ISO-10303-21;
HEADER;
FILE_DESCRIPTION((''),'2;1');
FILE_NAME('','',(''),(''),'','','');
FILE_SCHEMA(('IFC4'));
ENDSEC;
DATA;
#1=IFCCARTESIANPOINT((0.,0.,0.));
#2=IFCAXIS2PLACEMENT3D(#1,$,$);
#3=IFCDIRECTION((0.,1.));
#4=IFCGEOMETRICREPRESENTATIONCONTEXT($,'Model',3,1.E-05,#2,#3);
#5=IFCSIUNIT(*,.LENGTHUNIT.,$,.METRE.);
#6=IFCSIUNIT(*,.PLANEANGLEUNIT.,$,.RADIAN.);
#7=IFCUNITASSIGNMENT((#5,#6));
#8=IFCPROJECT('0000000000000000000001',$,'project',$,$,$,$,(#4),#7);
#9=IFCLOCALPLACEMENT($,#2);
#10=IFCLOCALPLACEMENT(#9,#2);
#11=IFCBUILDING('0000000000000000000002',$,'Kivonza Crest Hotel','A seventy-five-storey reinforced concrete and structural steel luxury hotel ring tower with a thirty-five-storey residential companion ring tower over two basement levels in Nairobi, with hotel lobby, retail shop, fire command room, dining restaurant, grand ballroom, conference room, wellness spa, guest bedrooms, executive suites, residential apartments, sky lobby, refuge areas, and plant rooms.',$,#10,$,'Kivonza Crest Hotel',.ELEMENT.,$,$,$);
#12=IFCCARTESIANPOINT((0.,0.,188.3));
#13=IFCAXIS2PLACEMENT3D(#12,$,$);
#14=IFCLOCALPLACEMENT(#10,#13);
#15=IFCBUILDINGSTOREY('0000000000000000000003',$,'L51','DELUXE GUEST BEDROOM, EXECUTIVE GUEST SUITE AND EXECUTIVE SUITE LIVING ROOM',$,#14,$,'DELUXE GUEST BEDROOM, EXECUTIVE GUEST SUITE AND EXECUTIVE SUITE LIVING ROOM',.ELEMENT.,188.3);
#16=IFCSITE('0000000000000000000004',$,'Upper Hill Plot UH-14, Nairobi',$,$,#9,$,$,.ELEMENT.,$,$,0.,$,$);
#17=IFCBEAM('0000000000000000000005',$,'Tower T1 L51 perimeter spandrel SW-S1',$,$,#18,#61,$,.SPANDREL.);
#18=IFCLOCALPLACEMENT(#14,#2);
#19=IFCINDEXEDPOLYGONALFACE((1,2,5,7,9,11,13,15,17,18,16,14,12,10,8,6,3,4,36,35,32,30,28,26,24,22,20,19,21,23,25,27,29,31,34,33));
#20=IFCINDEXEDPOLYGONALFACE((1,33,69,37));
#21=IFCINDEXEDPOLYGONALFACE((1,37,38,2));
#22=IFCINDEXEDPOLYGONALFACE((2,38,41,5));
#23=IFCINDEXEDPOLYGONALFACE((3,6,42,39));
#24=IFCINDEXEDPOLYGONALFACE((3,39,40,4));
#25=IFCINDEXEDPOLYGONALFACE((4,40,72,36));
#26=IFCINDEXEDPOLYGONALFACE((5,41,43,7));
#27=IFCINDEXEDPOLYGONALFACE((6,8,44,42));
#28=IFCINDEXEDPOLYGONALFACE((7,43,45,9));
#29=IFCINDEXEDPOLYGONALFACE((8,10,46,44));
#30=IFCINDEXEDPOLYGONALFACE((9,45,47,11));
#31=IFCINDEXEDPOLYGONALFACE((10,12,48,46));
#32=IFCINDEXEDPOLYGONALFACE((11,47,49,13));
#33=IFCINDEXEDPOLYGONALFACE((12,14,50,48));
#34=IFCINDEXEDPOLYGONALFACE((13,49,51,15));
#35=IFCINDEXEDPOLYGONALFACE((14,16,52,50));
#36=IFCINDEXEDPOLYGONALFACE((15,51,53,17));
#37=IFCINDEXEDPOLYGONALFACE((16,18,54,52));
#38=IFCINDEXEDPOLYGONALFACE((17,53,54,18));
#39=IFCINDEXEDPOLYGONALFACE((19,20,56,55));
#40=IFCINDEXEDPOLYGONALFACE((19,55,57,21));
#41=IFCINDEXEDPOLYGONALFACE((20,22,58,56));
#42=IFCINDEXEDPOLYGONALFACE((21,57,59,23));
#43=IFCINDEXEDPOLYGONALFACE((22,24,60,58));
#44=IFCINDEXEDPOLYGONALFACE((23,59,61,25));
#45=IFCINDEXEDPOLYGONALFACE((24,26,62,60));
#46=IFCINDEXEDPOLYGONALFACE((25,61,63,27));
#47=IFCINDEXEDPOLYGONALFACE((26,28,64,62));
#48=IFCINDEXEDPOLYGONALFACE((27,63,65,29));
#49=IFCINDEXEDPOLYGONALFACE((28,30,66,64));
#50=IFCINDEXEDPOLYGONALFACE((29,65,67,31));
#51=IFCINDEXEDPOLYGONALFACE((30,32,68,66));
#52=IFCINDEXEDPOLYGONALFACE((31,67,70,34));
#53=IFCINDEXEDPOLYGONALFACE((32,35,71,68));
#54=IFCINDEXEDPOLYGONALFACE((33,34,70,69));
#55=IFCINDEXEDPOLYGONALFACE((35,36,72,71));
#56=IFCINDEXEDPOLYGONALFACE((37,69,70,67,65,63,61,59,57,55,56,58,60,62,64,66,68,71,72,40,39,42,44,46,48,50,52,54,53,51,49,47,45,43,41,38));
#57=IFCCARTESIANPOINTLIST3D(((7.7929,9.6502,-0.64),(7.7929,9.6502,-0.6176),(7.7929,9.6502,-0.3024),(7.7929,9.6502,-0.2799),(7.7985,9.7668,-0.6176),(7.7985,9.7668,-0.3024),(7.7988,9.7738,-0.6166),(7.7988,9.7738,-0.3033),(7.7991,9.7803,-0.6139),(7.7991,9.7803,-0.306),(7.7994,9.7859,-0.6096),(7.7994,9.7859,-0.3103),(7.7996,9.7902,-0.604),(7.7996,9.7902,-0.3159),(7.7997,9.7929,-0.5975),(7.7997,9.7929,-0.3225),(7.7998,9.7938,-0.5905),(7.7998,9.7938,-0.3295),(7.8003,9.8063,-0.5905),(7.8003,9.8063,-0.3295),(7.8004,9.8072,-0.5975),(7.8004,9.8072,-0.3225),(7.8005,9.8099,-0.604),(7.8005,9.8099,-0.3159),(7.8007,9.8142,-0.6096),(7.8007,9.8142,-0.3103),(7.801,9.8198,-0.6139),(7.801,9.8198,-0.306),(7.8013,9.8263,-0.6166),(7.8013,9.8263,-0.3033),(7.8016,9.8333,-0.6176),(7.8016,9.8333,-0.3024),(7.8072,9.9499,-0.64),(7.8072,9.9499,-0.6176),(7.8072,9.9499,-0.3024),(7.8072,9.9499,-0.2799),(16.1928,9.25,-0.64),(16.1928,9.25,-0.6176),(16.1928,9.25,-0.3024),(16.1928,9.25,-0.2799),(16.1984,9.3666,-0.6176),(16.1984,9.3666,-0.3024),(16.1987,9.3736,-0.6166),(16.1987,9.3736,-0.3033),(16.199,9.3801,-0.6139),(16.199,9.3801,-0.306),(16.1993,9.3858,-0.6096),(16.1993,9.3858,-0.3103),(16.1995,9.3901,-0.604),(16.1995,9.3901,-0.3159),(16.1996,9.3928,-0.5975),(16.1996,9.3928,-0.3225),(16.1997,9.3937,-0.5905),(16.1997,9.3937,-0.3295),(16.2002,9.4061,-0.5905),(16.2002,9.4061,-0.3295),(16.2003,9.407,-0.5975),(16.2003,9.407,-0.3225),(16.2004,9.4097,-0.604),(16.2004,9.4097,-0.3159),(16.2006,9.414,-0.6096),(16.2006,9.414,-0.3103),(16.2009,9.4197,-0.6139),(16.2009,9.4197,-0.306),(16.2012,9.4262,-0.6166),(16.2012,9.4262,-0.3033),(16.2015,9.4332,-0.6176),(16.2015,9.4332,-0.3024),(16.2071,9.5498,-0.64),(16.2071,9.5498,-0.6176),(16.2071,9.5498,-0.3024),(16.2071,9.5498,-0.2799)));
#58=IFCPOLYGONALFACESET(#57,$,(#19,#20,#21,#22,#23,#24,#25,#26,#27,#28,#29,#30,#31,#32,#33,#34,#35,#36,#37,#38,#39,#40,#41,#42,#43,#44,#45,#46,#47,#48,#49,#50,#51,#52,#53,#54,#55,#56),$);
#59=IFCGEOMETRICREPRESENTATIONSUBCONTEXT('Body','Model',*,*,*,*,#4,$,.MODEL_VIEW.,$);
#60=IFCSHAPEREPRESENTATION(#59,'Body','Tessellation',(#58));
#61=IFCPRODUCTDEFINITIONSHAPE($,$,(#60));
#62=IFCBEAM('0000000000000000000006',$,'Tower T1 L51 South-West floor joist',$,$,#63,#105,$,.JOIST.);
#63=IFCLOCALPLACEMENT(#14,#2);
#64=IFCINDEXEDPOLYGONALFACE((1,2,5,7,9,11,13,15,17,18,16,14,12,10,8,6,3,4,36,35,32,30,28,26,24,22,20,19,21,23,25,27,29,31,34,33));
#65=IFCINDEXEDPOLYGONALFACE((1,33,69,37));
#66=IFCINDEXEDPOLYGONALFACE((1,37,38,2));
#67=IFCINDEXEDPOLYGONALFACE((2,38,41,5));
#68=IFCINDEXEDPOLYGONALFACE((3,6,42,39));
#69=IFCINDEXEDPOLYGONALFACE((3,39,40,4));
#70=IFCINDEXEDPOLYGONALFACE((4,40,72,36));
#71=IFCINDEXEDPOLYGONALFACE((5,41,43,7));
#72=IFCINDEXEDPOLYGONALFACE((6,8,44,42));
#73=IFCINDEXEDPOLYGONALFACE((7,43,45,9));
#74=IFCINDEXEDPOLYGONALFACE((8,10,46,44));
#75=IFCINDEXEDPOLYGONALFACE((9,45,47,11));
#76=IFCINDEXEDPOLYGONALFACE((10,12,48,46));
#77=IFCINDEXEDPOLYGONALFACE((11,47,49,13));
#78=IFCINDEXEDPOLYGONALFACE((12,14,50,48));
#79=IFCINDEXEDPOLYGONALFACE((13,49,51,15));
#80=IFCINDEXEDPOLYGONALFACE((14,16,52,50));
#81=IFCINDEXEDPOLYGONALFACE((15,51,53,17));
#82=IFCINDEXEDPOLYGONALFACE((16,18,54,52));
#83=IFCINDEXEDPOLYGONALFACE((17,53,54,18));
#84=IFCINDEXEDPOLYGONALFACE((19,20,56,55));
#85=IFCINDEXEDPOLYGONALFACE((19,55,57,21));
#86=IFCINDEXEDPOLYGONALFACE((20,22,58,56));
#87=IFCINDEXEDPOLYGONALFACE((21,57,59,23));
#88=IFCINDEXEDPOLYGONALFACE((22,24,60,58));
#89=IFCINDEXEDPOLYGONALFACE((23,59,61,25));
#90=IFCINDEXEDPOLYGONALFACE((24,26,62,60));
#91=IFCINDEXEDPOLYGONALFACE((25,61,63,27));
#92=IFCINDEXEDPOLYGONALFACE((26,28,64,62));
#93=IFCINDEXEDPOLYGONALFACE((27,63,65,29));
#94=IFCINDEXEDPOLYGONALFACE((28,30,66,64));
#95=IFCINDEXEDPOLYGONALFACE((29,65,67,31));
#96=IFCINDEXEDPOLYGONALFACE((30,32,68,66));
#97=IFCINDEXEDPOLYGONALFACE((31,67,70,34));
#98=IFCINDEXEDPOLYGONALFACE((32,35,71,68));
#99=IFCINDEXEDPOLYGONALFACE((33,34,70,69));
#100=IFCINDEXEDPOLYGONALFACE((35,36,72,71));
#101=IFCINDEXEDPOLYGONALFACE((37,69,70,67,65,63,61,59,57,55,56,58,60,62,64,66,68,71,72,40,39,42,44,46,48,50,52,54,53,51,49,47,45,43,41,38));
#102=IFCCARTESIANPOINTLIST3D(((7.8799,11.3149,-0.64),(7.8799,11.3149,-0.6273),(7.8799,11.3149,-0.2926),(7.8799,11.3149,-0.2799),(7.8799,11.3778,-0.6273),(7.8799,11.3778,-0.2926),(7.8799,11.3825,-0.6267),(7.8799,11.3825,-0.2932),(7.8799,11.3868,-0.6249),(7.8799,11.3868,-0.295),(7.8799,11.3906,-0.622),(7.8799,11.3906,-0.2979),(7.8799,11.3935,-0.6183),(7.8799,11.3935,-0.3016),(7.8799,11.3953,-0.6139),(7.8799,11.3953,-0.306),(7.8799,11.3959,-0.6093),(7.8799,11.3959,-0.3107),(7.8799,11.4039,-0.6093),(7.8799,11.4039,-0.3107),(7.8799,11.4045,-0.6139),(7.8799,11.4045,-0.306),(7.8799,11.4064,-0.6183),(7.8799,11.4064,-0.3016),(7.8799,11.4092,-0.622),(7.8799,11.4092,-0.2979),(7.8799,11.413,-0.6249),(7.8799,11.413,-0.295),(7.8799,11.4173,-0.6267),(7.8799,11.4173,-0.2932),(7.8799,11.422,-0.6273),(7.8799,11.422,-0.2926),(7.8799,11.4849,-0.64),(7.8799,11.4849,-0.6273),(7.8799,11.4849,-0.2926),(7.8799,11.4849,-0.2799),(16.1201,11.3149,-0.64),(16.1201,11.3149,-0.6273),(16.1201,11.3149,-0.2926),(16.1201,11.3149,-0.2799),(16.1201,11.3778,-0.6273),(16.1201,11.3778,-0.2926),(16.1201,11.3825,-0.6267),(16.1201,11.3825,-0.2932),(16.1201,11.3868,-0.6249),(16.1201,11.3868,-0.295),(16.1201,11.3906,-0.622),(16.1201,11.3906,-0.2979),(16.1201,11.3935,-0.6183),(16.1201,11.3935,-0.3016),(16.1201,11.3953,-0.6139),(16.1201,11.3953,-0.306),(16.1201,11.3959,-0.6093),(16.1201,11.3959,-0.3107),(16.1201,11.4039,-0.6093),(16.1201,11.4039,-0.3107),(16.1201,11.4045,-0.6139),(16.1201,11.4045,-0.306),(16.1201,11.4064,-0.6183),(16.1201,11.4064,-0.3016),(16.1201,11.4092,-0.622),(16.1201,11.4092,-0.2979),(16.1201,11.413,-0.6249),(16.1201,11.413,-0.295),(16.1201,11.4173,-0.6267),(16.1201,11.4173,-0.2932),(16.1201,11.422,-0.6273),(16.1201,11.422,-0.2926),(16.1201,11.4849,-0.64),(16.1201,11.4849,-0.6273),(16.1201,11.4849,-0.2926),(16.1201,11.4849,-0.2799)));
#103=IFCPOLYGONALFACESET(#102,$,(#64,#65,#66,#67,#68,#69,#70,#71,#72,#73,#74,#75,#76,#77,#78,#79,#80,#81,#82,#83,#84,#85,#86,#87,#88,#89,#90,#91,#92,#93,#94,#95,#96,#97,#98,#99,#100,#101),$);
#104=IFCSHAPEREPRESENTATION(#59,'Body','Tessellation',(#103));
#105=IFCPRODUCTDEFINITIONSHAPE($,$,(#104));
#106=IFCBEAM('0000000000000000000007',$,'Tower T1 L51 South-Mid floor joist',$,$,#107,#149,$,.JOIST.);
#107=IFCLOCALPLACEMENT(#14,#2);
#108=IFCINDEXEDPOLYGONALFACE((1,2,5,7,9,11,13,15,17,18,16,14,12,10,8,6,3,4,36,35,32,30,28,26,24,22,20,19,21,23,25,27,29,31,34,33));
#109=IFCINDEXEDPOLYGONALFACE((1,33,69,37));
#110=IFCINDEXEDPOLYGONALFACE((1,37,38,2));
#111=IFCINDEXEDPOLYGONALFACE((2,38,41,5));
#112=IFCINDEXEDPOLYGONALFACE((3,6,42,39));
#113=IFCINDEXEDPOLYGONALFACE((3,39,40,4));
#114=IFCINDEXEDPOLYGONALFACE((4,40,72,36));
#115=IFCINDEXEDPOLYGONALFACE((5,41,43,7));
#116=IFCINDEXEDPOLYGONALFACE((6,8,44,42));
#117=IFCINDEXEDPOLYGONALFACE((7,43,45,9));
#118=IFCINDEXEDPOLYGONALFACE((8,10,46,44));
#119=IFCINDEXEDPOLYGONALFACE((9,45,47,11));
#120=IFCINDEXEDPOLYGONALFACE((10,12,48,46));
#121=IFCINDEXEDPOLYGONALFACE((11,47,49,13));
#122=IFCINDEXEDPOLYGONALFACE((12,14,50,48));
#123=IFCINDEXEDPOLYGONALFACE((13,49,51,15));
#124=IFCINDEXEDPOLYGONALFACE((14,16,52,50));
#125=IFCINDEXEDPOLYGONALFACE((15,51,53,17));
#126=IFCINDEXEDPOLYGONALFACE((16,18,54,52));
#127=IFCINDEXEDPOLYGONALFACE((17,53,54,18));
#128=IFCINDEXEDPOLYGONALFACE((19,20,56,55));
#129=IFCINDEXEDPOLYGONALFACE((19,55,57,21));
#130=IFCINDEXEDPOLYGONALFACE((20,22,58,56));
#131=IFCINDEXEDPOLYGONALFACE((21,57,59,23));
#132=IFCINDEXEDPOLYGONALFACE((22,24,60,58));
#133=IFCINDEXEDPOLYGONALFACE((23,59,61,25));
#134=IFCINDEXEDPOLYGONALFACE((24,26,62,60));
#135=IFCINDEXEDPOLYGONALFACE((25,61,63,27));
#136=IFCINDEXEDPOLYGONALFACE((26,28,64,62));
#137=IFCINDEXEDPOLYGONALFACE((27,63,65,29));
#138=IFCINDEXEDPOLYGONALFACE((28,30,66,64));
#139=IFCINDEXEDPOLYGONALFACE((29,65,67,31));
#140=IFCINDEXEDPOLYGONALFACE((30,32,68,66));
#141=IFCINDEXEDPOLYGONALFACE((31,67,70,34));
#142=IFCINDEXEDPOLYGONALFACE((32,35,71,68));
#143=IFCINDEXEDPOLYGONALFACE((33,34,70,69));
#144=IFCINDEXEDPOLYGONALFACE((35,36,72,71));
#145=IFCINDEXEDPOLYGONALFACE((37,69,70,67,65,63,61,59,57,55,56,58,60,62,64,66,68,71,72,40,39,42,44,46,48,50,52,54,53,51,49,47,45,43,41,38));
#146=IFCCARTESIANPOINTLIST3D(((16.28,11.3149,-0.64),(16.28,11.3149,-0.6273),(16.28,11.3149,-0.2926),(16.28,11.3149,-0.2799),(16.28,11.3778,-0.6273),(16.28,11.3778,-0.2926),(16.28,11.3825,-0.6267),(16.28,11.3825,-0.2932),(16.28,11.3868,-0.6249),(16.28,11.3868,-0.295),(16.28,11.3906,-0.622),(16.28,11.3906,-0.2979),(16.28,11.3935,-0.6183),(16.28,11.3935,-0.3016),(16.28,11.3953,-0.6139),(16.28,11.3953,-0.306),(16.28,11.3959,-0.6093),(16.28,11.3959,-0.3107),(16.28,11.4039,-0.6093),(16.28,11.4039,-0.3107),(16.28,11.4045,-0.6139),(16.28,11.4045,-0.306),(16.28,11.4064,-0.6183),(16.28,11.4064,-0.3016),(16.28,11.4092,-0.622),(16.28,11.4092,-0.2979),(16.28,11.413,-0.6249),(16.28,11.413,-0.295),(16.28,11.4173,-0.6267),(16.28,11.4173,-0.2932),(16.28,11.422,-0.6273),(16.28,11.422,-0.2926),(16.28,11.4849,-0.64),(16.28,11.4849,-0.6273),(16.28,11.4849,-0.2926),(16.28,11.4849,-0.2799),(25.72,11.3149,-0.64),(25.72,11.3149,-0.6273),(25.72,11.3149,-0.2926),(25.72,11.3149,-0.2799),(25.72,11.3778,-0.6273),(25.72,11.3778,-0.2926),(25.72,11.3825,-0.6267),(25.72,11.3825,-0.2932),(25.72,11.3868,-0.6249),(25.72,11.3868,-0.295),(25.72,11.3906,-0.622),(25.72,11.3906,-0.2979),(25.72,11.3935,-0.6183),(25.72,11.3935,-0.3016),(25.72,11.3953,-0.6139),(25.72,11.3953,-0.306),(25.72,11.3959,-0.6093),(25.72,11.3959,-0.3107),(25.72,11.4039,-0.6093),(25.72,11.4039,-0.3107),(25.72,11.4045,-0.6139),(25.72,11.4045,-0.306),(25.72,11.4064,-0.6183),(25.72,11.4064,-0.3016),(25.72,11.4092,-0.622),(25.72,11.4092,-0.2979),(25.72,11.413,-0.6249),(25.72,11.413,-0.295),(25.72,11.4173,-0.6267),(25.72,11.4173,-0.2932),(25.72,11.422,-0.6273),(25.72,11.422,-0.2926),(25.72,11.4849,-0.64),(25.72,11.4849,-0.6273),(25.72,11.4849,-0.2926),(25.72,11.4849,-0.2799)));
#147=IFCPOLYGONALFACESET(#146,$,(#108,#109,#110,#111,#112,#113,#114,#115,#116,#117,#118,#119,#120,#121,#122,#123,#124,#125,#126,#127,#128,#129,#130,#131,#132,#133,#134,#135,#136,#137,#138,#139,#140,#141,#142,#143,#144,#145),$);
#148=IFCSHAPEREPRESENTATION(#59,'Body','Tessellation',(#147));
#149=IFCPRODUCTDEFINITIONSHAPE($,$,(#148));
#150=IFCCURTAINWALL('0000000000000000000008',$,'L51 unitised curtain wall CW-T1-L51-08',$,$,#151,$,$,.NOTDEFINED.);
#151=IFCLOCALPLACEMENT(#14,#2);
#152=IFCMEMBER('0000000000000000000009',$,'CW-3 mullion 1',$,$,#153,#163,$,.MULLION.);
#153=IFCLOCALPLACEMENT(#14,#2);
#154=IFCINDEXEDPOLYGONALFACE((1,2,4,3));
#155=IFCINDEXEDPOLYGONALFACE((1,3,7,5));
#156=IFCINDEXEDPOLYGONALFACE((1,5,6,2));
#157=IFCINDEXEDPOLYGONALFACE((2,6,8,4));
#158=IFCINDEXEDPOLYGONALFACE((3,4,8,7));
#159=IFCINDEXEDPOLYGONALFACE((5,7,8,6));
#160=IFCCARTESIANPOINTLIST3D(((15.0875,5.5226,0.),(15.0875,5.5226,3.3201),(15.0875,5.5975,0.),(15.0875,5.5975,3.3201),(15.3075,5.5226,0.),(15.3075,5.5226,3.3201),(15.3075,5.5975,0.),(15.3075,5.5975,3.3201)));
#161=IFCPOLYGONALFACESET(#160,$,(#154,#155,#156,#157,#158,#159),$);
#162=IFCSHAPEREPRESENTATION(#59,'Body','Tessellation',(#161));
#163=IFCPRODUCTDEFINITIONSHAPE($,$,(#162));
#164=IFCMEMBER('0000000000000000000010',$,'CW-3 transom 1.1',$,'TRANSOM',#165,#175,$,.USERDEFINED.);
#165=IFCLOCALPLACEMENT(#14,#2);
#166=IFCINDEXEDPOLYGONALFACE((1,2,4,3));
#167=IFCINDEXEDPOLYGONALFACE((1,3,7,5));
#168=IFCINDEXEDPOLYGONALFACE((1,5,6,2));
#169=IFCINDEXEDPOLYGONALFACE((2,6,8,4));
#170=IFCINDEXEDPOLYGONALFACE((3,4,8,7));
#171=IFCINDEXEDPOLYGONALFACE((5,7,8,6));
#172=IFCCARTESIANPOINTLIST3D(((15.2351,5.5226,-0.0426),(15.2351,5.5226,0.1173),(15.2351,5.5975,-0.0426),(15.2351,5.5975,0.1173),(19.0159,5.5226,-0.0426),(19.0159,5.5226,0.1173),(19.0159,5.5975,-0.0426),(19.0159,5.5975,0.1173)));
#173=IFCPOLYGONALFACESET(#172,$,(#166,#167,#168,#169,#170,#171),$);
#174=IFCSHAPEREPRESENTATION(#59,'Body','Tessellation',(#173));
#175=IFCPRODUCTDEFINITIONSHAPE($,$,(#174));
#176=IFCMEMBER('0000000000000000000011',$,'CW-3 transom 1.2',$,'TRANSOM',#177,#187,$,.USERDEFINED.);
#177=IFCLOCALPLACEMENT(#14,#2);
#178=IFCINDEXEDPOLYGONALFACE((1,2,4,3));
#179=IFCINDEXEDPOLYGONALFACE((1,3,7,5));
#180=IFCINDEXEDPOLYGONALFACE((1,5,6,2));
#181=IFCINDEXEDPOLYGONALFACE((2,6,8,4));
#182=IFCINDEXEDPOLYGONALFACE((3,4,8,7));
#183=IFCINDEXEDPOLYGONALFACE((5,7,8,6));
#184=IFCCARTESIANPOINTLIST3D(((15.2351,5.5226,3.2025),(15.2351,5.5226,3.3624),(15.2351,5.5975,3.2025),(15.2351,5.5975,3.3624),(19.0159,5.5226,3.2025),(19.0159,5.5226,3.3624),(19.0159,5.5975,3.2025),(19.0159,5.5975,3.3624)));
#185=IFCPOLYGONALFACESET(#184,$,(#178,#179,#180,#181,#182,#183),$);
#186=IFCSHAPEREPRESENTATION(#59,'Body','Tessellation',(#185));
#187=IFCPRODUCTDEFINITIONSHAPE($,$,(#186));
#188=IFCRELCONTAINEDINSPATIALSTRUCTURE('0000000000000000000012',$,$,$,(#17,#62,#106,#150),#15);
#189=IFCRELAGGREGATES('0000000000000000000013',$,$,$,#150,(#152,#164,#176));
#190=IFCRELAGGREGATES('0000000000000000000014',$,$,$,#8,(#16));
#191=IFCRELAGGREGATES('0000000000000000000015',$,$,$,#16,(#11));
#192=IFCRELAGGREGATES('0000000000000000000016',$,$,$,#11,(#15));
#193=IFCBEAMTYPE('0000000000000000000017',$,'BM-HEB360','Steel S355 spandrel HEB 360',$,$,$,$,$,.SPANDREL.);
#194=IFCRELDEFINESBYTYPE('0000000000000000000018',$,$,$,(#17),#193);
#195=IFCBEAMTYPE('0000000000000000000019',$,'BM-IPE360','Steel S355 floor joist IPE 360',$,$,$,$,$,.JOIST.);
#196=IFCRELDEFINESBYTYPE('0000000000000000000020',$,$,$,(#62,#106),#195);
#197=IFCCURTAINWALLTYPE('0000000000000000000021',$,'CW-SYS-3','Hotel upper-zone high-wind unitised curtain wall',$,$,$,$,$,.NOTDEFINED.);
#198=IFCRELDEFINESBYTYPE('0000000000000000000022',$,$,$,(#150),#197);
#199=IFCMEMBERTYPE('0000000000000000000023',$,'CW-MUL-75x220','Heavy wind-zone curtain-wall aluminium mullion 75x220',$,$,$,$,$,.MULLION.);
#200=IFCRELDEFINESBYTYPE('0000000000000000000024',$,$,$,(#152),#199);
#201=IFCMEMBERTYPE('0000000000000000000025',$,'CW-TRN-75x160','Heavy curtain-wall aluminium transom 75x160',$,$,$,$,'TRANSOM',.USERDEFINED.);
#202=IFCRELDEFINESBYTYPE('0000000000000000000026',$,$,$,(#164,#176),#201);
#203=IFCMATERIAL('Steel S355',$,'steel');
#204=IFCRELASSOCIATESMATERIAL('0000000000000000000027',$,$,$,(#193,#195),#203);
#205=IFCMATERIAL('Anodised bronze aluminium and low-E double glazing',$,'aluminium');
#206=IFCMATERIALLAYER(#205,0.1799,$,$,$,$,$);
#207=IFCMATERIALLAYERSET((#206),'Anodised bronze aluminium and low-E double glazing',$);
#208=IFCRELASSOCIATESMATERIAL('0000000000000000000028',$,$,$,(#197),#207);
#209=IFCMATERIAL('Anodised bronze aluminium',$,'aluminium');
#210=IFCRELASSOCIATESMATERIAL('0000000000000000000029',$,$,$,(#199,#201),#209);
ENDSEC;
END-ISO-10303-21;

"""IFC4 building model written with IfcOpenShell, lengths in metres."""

from ifc_helpers import new_model, si_unit, direction, frame, origin, origin_2d, place, context, subcontext, project, spatial, rectangle, i_section, extrude, material, layer, layer_set, material_profile, profile_set, type_object, element, aggregate, save


model = new_model("IFC4")

# Units and contexts
model_context = context("Model", 3, precision=1e-05, world=origin(), true_north=direction((0.0, 1.0)))
body_context = subcontext(model_context, "Body", "Model", "MODEL_VIEW")
ifc_project = project(units=[si_unit("LENGTHUNIT", "METRE"), si_unit("PLANEANGLEUNIT", "RADIAN")], contexts=[model_context])

# Site, building, storey
site_placement = place(None, origin())
site = spatial("IfcSite", under=ifc_project, at=site_placement, Name="Upper Hill Plot UH-14, Nairobi", CompositionType="ELEMENT", RefElevation=0.0)
building_placement = place(site_placement, origin())
building = spatial("IfcBuilding", under=site, at=building_placement, Name="Kivonza Crest Hotel", Description="A seventy-five-storey reinforced concrete and structural steel luxury hotel ring tower with a thirty-five-storey residential companion ring tower over two basement levels in Nairobi, with hotel lobby, retail shop, fire command room, dining restaurant, grand ballroom, conference room, wellness spa, guest bedrooms, executive suites, residential apartments, sky lobby, refuge areas, and plant rooms.", LongName="Kivonza Crest Hotel", CompositionType="ELEMENT")
storey_placement = place(building_placement, frame((0.0, 0.0, 188.3)))
storey = spatial("IfcBuildingStorey", under=building, at=storey_placement, Name="L51", Description="DELUXE GUEST BEDROOM, EXECUTIVE GUEST SUITE AND EXECUTIVE SUITE LIVING ROOM", LongName="DELUXE GUEST BEDROOM, EXECUTIVE GUEST SUITE AND EXECUTIVE SUITE LIVING ROOM", CompositionType="ELEMENT", Elevation=188.3)

# Beams
ifc_material_1 = material(Name="Steel S355", Category="steel")
ifc_material_profile_1 = material_profile(ifc_material_1, i_section(OverallWidth=0.3, OverallDepth=0.3601, WebThickness=0.0125, FlangeThickness=0.0225, FilletRadius=0.0271, at=origin_2d()), Name="HEB 360")
ifc_profile_set_1 = profile_set([ifc_material_profile_1], Name="Steel S355")
beam_type_1 = type_object("IfcBeamType", Name="BM-HEB360", Description="Steel S355 spandrel HEB 360", PredefinedType="SPANDREL", material=ifc_profile_set_1)
beam_1_placement = place(storey_placement, frame((7.8, 9.8, -0.46), z_axis=(0.998867, -0.047583, 0.0), x_axis=(0.047583, 0.998867, 0.0)))
element("IfcBeam", 1, at=beam_1_placement, inside=storey, type_object=beam_type_1, Name="Tower T1 L51 perimeter spandrel SW-S1", PredefinedType="SPANDREL", context=body_context, shape_type="SweptSolid", body=[
    extrude(i_section(OverallWidth=0.3, OverallDepth=0.3601, WebThickness=0.0125, FlangeThickness=0.0225, FilletRadius=0.0271, at=origin_2d()), origin(), (0.0, 0.0, 1.0), 8.4094),
])
ifc_material_profile_2 = material_profile(ifc_material_1, i_section(OverallWidth=0.1699, OverallDepth=0.3601, WebThickness=0.0081, FlangeThickness=0.0127, FilletRadius=0.0181, at=origin_2d()), Name="IPE 360")
ifc_profile_set_2 = profile_set([ifc_material_profile_2], Name="Steel S355")
beam_type_2 = type_object("IfcBeamType", Name="BM-IPE360", Description="Steel S355 floor joist IPE 360", PredefinedType="JOIST", material=ifc_profile_set_2)
beam_2_placement = place(storey_placement, frame((7.8799, 11.3999, -0.46), z_axis=(1.0, 0.0, 0.0), x_axis=(0.0, 1.0, 0.0)))
element("IfcBeam", 2, at=beam_2_placement, inside=storey, type_object=beam_type_2, Name="Tower T1 L51 South-West floor joist", PredefinedType="JOIST", context=body_context, shape_type="SweptSolid", body=[
    extrude(i_section(OverallWidth=0.1699, OverallDepth=0.3601, WebThickness=0.0081, FlangeThickness=0.0127, FilletRadius=0.0181, at=origin_2d()), origin(), (0.0, 0.0, 1.0), 8.2402),
])
beam_3_placement = place(storey_placement, frame((16.28, 11.3999, -0.46), z_axis=(1.0, 0.0, 0.0), x_axis=(0.0, 1.0, 0.0)))
element("IfcBeam", 3, at=beam_3_placement, inside=storey, type_object=beam_type_2, Name="Tower T1 L51 South-Mid floor joist", PredefinedType="JOIST", context=body_context, shape_type="SweptSolid", body=[
    extrude(i_section(OverallWidth=0.1699, OverallDepth=0.3601, WebThickness=0.0081, FlangeThickness=0.0127, FilletRadius=0.0181, at=origin_2d()), origin(), (0.0, 0.0, 1.0), 9.4399),
])

# Curtain wall, members
ifc_material_2 = material(Name="Anodised bronze aluminium and low-E double glazing", Category="aluminium")
ifc_layer_1 = layer(ifc_material_2, 0.1799)
ifc_layer_set_1 = layer_set([ifc_layer_1], Name="Anodised bronze aluminium and low-E double glazing")
curtain_wall_type = type_object("IfcCurtainWallType", Name="CW-SYS-3", Description="Hotel upper-zone high-wind unitised curtain wall", PredefinedType="NOTDEFINED", material=ifc_layer_set_1)
curtain_wall_placement = place(storey_placement, origin())
curtain_wall = element("IfcCurtainWall", 4, at=curtain_wall_placement, inside=storey, type_object=curtain_wall_type, Name="L51 unitised curtain wall CW-T1-L51-08", PredefinedType="NOTDEFINED")
ifc_material_3 = material(Name="Anodised bronze aluminium", Category="aluminium")
ifc_material_profile_3 = material_profile(ifc_material_3, rectangle(XDim=0.075, YDim=0.22, at=origin_2d()), Name="CW-M 75x220")
ifc_profile_set_3 = profile_set([ifc_material_profile_3], Name="Anodised bronze aluminium")
member_type_1 = type_object("IfcMemberType", Name="CW-MUL-75x220", Description="Heavy wind-zone curtain-wall aluminium mullion 75x220", PredefinedType="MULLION", material=ifc_profile_set_3)
member_1_placement = place(storey_placement, frame((15.1975, 5.5601, 0.0), z_axis=(0.0, 0.0, 1.0), x_axis=(0.0, 1.0, 0.0)))
member_1 = element("IfcMember", 5, at=member_1_placement, type_object=member_type_1, Name="CW-3 mullion 1", PredefinedType="MULLION", context=body_context, shape_type="SweptSolid", body=[
    extrude(rectangle(XDim=0.075, YDim=0.22, at=origin_2d()), origin(), (0.0, 0.0, 1.0), 3.3201),
])
ifc_material_profile_4 = material_profile(ifc_material_3, rectangle(XDim=0.075, YDim=0.1599, at=origin_2d()), Name="CW-T 75x160")
ifc_profile_set_4 = profile_set([ifc_material_profile_4], Name="Anodised bronze aluminium")
member_type_2 = type_object("IfcMemberType", Name="CW-TRN-75x160", Description="Heavy curtain-wall aluminium transom 75x160", ElementType="TRANSOM", PredefinedType="USERDEFINED", material=ifc_profile_set_4)
member_2_placement = place(storey_placement, frame((15.2351, 5.5601, 0.0374), z_axis=(1.0, 0.0, 0.0), x_axis=(0.0, 1.0, 0.0)))
member_2 = element("IfcMember", 6, at=member_2_placement, type_object=member_type_2, Name="CW-3 transom 1.1", ObjectType="TRANSOM", PredefinedType="USERDEFINED", context=body_context, shape_type="SweptSolid", body=[
    extrude(rectangle(XDim=0.075, YDim=0.1599, at=origin_2d()), origin(), (0.0, 0.0, 1.0), 3.7808),
])
member_3_placement = place(storey_placement, frame((15.2351, 5.5601, 3.2825), z_axis=(1.0, 0.0, 0.0), x_axis=(0.0, 1.0, 0.0)))
member_3 = element("IfcMember", 7, at=member_3_placement, type_object=member_type_2, Name="CW-3 transom 1.2", ObjectType="TRANSOM", PredefinedType="USERDEFINED", context=body_context, shape_type="SweptSolid", body=[
    extrude(rectangle(XDim=0.075, YDim=0.1599, at=origin_2d()), origin(), (0.0, 0.0, 1.0), 3.7808),
])
aggregate(curtain_wall, [member_1, member_2, member_3])

save(model, "model.ifc")
